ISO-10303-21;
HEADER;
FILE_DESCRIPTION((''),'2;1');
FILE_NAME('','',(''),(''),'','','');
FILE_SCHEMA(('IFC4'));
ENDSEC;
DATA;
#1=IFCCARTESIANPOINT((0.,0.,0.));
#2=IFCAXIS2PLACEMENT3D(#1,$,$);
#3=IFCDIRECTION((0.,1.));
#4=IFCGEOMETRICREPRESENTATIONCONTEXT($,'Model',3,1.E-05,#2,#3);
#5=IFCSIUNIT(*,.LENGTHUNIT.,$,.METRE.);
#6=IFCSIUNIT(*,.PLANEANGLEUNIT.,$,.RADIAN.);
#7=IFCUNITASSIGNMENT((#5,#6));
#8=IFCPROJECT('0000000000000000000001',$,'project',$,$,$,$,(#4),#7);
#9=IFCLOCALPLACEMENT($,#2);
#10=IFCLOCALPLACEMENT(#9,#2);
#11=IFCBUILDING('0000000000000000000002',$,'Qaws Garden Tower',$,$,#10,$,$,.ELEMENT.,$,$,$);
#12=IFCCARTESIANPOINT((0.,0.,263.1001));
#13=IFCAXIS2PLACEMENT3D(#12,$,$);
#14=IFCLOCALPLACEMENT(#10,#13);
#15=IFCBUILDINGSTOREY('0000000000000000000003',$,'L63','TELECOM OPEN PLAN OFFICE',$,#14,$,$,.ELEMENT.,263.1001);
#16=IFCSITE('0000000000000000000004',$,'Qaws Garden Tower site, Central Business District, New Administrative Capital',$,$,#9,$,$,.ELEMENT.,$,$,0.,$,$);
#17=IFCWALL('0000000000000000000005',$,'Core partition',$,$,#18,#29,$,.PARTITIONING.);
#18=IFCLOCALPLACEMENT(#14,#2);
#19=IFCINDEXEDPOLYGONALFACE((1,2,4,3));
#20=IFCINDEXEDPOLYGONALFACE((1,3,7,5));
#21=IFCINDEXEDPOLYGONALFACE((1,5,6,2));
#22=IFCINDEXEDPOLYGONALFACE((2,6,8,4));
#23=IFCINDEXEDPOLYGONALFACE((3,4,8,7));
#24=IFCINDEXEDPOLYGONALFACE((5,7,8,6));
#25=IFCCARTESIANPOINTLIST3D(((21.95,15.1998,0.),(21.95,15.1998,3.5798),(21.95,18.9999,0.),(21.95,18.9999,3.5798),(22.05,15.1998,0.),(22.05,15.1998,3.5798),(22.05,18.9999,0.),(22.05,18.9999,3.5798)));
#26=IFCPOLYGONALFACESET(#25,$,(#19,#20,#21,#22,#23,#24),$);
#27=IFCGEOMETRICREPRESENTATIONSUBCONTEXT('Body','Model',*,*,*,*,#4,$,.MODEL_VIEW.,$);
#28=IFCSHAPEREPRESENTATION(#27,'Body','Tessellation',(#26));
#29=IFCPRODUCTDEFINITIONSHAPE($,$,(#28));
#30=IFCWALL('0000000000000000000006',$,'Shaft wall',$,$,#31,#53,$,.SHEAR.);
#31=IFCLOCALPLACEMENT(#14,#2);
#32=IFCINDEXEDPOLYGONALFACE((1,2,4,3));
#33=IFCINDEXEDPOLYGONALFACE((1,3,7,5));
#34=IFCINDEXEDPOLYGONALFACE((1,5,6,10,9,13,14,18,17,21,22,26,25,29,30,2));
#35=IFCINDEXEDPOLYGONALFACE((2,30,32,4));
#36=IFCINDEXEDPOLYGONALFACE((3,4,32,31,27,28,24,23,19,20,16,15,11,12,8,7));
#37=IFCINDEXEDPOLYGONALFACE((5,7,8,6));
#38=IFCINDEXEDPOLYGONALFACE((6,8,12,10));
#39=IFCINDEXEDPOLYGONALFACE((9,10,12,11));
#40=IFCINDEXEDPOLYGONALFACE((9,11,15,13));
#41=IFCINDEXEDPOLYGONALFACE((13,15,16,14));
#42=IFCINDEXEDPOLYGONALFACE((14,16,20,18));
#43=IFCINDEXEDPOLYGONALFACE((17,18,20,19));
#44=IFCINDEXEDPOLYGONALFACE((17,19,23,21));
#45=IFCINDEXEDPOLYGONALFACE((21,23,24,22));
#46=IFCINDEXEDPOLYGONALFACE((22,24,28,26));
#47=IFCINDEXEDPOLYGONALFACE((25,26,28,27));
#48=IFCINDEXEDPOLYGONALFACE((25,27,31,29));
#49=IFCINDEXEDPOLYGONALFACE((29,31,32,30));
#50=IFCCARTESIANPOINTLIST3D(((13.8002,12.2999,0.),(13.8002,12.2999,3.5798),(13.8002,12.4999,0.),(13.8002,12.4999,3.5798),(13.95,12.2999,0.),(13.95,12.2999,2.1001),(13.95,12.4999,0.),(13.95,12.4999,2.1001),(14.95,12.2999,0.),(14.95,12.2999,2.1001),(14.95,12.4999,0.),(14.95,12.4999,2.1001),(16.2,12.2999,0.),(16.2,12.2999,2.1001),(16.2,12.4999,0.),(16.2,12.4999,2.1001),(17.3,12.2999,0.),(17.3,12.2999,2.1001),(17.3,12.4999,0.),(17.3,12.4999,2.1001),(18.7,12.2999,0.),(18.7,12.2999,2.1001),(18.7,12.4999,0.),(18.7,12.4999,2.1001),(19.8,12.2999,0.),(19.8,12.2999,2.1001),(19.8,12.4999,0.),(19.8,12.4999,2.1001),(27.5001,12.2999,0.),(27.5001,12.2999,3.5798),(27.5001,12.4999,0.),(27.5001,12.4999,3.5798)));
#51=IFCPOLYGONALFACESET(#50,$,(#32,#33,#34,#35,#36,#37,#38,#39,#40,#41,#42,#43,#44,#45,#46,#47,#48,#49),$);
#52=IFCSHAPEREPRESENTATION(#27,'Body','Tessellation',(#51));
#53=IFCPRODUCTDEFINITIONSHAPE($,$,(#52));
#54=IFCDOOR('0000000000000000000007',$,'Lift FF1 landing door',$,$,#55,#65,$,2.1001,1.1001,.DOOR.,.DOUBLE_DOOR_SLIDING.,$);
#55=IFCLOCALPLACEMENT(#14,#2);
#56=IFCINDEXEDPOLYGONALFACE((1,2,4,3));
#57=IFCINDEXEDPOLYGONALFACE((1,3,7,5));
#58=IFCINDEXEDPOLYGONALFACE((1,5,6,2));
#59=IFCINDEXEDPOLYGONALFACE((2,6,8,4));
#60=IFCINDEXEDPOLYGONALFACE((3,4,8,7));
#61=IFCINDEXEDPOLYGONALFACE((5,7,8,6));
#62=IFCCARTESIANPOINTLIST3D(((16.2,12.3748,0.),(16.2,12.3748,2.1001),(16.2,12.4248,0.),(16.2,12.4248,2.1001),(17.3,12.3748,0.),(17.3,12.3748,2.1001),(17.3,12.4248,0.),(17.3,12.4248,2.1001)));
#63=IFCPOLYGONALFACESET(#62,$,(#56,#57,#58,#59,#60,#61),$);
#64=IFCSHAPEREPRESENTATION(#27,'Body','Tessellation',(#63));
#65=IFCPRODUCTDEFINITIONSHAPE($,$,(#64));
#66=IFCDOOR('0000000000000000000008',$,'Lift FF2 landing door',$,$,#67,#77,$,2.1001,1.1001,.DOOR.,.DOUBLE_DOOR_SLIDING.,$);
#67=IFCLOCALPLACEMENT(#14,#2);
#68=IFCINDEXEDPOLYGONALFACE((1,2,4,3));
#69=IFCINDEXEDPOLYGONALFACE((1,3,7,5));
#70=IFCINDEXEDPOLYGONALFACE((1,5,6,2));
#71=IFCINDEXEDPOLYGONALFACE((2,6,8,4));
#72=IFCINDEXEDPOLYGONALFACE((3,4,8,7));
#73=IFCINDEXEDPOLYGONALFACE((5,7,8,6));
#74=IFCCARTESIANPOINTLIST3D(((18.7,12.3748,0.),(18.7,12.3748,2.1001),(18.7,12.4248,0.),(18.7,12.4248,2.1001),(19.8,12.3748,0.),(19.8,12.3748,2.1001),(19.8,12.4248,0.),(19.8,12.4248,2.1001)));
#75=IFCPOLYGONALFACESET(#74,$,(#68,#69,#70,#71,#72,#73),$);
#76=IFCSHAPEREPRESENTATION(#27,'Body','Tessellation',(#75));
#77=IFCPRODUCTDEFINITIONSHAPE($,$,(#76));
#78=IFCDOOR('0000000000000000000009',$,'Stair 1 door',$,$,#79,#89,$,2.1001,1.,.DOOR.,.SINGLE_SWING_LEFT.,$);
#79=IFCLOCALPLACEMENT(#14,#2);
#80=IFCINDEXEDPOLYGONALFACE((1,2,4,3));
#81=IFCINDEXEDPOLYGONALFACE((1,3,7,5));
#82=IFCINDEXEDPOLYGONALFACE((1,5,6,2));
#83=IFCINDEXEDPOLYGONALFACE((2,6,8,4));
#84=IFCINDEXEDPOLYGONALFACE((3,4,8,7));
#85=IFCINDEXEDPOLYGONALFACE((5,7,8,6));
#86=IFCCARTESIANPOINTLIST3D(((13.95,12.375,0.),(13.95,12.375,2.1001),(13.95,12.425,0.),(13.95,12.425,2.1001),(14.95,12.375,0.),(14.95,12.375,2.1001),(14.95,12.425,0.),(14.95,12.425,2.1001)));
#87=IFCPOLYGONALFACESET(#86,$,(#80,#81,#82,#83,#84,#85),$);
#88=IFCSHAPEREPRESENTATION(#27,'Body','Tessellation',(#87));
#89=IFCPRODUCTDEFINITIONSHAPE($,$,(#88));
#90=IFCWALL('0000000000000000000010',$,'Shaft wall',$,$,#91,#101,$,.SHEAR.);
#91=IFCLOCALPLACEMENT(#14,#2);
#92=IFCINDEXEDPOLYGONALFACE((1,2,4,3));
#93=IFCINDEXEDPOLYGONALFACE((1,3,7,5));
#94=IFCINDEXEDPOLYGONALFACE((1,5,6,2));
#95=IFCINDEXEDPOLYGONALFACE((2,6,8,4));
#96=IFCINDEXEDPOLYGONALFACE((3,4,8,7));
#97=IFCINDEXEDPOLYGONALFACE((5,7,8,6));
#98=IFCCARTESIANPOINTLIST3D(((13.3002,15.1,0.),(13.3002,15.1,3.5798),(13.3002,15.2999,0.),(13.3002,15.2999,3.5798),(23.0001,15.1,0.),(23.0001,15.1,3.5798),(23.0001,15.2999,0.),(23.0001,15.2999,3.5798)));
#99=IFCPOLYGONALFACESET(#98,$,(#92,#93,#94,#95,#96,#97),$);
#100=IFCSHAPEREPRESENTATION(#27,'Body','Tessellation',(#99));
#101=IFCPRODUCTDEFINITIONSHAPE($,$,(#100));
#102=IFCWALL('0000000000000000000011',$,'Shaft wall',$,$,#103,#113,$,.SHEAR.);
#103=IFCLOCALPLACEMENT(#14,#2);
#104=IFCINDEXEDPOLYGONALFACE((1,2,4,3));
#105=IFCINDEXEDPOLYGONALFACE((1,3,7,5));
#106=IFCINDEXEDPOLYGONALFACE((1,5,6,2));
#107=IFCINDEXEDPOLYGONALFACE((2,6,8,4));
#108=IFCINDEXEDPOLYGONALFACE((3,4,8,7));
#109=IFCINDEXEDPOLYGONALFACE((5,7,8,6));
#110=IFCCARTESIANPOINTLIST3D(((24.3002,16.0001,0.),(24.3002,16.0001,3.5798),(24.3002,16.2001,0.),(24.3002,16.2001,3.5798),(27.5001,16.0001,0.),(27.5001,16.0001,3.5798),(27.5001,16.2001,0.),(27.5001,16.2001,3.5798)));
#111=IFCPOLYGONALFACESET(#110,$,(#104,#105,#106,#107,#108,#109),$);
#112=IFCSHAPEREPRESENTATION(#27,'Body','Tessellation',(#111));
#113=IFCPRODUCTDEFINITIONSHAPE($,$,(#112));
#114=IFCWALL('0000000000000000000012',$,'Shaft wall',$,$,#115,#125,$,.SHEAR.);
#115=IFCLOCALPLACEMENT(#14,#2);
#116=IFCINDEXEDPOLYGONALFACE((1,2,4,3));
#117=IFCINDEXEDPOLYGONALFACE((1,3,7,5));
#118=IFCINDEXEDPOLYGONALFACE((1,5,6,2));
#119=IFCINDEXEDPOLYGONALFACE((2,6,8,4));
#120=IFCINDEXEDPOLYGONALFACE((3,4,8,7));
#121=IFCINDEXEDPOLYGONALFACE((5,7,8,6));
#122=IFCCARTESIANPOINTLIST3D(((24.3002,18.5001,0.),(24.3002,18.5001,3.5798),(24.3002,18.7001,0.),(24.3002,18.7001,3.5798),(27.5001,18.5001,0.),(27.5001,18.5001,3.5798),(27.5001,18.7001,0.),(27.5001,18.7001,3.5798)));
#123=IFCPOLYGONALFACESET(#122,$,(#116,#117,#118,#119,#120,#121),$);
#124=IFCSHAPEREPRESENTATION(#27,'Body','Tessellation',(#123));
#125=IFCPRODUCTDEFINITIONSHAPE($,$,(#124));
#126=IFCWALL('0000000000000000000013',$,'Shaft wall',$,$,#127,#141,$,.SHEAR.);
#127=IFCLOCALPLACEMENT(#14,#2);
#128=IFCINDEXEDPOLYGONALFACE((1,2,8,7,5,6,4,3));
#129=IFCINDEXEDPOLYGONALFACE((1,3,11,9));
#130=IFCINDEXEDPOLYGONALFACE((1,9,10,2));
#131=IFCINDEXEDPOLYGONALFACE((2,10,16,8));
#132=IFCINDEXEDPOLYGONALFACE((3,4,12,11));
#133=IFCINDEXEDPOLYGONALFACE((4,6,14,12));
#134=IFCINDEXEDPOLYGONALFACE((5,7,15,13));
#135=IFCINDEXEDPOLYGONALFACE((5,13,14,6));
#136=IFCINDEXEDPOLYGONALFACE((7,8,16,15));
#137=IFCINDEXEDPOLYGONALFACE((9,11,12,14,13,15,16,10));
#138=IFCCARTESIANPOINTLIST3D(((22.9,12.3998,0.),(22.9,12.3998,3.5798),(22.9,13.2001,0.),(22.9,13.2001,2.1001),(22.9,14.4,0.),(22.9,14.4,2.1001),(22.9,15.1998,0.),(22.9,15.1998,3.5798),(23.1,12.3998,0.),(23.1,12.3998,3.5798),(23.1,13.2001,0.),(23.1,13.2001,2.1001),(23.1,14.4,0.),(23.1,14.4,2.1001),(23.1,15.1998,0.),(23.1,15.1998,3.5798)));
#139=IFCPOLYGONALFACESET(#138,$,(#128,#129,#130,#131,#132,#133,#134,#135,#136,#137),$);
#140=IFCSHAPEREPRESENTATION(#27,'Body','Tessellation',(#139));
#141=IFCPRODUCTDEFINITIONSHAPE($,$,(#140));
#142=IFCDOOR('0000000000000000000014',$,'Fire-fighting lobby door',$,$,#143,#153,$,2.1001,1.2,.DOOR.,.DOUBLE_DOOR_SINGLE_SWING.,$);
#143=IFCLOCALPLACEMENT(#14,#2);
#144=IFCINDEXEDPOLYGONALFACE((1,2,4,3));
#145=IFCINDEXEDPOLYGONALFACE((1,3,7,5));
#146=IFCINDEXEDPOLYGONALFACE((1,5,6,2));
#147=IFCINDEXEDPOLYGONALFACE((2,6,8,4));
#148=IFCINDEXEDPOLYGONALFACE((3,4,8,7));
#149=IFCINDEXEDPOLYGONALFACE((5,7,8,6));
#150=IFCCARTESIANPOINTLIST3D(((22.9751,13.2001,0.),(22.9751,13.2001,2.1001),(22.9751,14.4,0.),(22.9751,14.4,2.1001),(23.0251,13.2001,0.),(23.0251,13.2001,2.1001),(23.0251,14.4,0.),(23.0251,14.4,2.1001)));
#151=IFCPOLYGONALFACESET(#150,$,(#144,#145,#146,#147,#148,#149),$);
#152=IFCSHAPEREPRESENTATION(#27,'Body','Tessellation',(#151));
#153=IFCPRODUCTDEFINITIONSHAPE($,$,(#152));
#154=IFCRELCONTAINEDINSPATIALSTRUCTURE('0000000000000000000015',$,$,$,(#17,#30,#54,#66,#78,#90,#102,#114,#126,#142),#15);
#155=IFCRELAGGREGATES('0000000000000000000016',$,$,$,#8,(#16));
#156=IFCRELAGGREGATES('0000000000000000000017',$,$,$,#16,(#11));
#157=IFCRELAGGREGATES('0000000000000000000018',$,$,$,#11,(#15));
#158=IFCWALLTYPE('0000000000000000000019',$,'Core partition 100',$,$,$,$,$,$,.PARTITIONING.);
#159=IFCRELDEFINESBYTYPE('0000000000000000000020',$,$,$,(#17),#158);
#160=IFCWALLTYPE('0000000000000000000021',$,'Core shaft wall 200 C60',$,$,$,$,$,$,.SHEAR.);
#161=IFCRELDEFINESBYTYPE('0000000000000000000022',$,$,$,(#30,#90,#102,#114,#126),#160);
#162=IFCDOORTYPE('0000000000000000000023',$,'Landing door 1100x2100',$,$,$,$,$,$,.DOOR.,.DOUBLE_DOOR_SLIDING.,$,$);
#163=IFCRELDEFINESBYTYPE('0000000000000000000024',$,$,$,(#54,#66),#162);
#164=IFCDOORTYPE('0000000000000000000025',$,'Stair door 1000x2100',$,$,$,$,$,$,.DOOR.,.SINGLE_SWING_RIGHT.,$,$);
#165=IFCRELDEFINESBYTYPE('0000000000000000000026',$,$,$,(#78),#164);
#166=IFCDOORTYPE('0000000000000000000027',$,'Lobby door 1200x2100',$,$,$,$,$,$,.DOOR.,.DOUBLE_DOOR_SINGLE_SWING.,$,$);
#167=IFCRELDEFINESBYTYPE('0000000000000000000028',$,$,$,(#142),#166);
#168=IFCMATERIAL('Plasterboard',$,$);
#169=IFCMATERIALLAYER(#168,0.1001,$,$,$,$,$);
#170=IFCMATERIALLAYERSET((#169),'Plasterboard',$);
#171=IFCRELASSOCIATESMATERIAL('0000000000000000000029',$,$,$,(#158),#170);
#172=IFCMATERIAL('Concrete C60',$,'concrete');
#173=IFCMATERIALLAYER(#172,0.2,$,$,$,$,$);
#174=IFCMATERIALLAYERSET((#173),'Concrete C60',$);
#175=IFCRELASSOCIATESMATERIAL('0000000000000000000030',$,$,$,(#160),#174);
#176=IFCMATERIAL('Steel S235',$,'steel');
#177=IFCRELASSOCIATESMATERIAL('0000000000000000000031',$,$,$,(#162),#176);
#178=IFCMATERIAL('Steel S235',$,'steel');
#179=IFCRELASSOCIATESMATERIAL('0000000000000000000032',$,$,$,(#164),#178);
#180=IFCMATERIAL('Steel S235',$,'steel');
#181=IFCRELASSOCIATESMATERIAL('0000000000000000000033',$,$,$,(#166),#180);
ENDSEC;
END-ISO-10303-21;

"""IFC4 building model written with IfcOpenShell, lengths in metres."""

from ifc_helpers import new_model, si_unit, direction, frame, frame_2d, origin, place, context, subcontext, project, spatial, rectangle, extrude, material, layer, layer_set, type_object, element, fill, save


model = new_model("IFC4")

# Units and contexts
model_context = context("Model", 3, precision=1e-05, world=origin(), true_north=direction((0.0, 1.0)))
body_context = subcontext(model_context, "Body", "Model", "MODEL_VIEW")
ifc_project = project(units=[si_unit("LENGTHUNIT", "METRE"), si_unit("PLANEANGLEUNIT", "RADIAN")], contexts=[model_context])

# Site, building, storey
site_placement = place(None, origin())
site = spatial("IfcSite", under=ifc_project, at=site_placement, Name="Qaws Garden Tower site, Central Business District, New Administrative Capital", CompositionType="ELEMENT", RefElevation=0.0)
building_placement = place(site_placement, origin())
building = spatial("IfcBuilding", under=site, at=building_placement, Name="Qaws Garden Tower", CompositionType="ELEMENT")
storey_placement = place(building_placement, frame((0.0, 0.0, 263.1001)))
storey = spatial("IfcBuildingStorey", under=building, at=storey_placement, Name="L63", Description="TELECOM OPEN PLAN OFFICE", CompositionType="ELEMENT", Elevation=263.1001)

# Shared definitions
ifc_material_1 = material(Name="Plasterboard")
ifc_layer_1 = layer(ifc_material_1, 0.1001)
ifc_layer_set_1 = layer_set([ifc_layer_1], Name="Plasterboard")
wall_type_1 = type_object("IfcWallType", Name="Core partition 100", PredefinedType="PARTITIONING", material=ifc_layer_set_1)

# Wall
wall_1_placement = place(storey_placement, frame((22.0, 15.2, 0.0), z_axis=(0.0, 0.0, 1.0), x_axis=(0.0, 1.0, 0.0)))
element("IfcWall", 1, at=wall_1_placement, inside=storey, type_object=wall_type_1, Name="Core partition", PredefinedType="PARTITIONING", context=body_context, shape_type="SweptSolid", body=[
    extrude(rectangle(XDim=3.8, YDim=0.1001, at=frame_2d((1.8999, 0.0))), origin(), (0.0, 0.0, 1.0), 3.5798),
])

# Wall, openings, doors
ifc_material_2 = material(Name="Concrete C60", Category="concrete")
ifc_layer_2 = layer(ifc_material_2, 0.2)
ifc_layer_set_2 = layer_set([ifc_layer_2], Name="Concrete C60")
wall_type_2 = type_object("IfcWallType", Name="Core shaft wall 200 C60", PredefinedType="SHEAR", material=ifc_layer_set_2)
wall_2_placement = place(storey_placement, frame((13.8, 12.3999, 0.0), z_axis=(0.0, 0.0, 1.0), x_axis=(1.0, 0.0, 0.0)))
wall_2 = element("IfcWall", 2, at=wall_2_placement, inside=storey, type_object=wall_type_2, Name="Shaft wall", PredefinedType="SHEAR", context=body_context, shape_type="SweptSolid", body=[
    extrude(rectangle(XDim=13.7, YDim=0.2, at=frame_2d((6.8501, 0.0))), origin(), (0.0, 0.0, 1.0), 3.5798),
])
opening_1_placement = place(wall_2_placement, frame((2.3999, 0.0, 0.0)))
opening_1 = element("IfcOpeningElement", 3, at=opening_1_placement, cuts=wall_2, PredefinedType="OPENING", context=body_context, shape_type="SweptSolid", body=[
    extrude(rectangle(XDim=1.1001, YDim=2.1001, at=frame_2d((0.55, 1.05))), frame((0.0, 0.1099, 0.0), z_axis=(0.0, -1.0, 0.0), x_axis=(1.0, 0.0, 0.0)), (0.0, 0.0, 1.0), 0.22),
])
opening_2_placement = place(wall_2_placement, frame((4.8999, 0.0, 0.0)))
opening_2 = element("IfcOpeningElement", 4, at=opening_2_placement, cuts=wall_2, PredefinedType="OPENING", context=body_context, shape_type="SweptSolid", body=[
    extrude(rectangle(XDim=1.1001, YDim=2.1001, at=frame_2d((0.55, 1.05))), frame((0.0, 0.1099, 0.0), z_axis=(0.0, -1.0, 0.0), x_axis=(1.0, 0.0, 0.0)), (0.0, 0.0, 1.0), 0.22),
])
opening_3_placement = place(wall_2_placement, frame((0.1499, 0.0, 0.0)))
opening_3 = element("IfcOpeningElement", 5, at=opening_3_placement, cuts=wall_2, PredefinedType="OPENING", context=body_context, shape_type="SweptSolid", body=[
    extrude(rectangle(XDim=1.0, YDim=2.1001, at=frame_2d((0.5, 1.05))), frame((0.0, 0.1099, 0.0), z_axis=(0.0, -1.0, 0.0), x_axis=(1.0, 0.0, 0.0)), (0.0, 0.0, 1.0), 0.22),
])
ifc_material_3 = material(Name="Steel S235", Category="steel")
door_type_1 = type_object("IfcDoorType", Name="Landing door 1100x2100", OperationType="DOUBLE_DOOR_SLIDING", PredefinedType="DOOR", material=ifc_material_3)
door_1_placement = place(opening_1_placement, origin())
door_1 = element("IfcDoor", 6, at=door_1_placement, inside=storey, type_object=door_type_1, Name="Lift FF1 landing door", OperationType="DOUBLE_DOOR_SLIDING", OverallHeight=2.1001, OverallWidth=1.1001, PredefinedType="DOOR", context=body_context, shape_type="SweptSolid", body=[
    extrude(rectangle(XDim=1.1001, YDim=2.1001, at=frame_2d((0.55, 1.05))), frame((0.0, 0.0249, 0.0), z_axis=(0.0, -1.0, 0.0), x_axis=(1.0, 0.0, 0.0)), (0.0, 0.0, 1.0), 0.05),
])
fill(opening_1, door_1)
door_2_placement = place(opening_2_placement, origin())
door_2 = element("IfcDoor", 7, at=door_2_placement, inside=storey, type_object=door_type_1, Name="Lift FF2 landing door", OperationType="DOUBLE_DOOR_SLIDING", OverallHeight=2.1001, OverallWidth=1.1001, PredefinedType="DOOR", context=body_context, shape_type="SweptSolid", body=[
    extrude(rectangle(XDim=1.1001, YDim=2.1001, at=frame_2d((0.55, 1.05))), frame((0.0, 0.0249, 0.0), z_axis=(0.0, -1.0, 0.0), x_axis=(1.0, 0.0, 0.0)), (0.0, 0.0, 1.0), 0.05),
])
fill(opening_2, door_2)
ifc_material_4 = material(Name="Steel S235", Category="steel")
door_type_2 = type_object("IfcDoorType", Name="Stair door 1000x2100", OperationType="SINGLE_SWING_RIGHT", PredefinedType="DOOR", material=ifc_material_4)
door_3_placement = place(opening_3_placement, frame((1.0, 0.0, 0.0), z_axis=(0.0, 0.0, 1.0), x_axis=(-1.0, 0.0, 0.0)))
door_3 = element("IfcDoor", 8, at=door_3_placement, inside=storey, type_object=door_type_2, Name="Stair 1 door", OperationType="SINGLE_SWING_LEFT", OverallHeight=2.1001, OverallWidth=1.0, PredefinedType="DOOR", context=body_context, shape_type="SweptSolid", body=[
    extrude(rectangle(XDim=1.0, YDim=2.1001, at=frame_2d((0.5, 1.05))), frame((0.0, 0.0249, 0.0), z_axis=(0.0, -1.0, 0.0), x_axis=(1.0, 0.0, 0.0)), (0.0, 0.0, 1.0), 0.05),
])
fill(opening_3, door_3)

# Walls
wall_3_placement = place(storey_placement, frame((13.3, 15.2, 0.0), z_axis=(0.0, 0.0, 1.0), x_axis=(1.0, 0.0, 0.0)))
element("IfcWall", 9, at=wall_3_placement, inside=storey, type_object=wall_type_2, Name="Shaft wall", PredefinedType="SHEAR", context=body_context, shape_type="SweptSolid", body=[
    extrude(rectangle(XDim=9.7, YDim=0.2, at=frame_2d((4.8501, 0.0))), origin(), (0.0, 0.0, 1.0), 3.5798),
])
for number, where, z_axis, x_axis, name in (
    (10, (24.3, 16.1001, 0.0), (0.0, 0.0, 1.0), (1.0, 0.0, 0.0), "Shaft wall"),
    (11, (24.3, 18.6001, 0.0), (0.0, 0.0, 1.0), (1.0, 0.0, 0.0), "Shaft wall"),
):
    element("IfcWall", number, at=place(storey_placement, frame(where, z_axis=z_axis, x_axis=x_axis)), inside=storey, type_object=wall_type_2, Name=name, PredefinedType="SHEAR", context=body_context, shape_type="SweptSolid", body=[
        extrude(rectangle(XDim=3.2, YDim=0.2, at=frame_2d((1.6001, 0.0))), origin(), (0.0, 0.0, 1.0), 3.5798),
    ])

# Wall, opening, door
wall_4_placement = place(storey_placement, frame((23.0, 12.3999, 0.0), z_axis=(0.0, 0.0, 1.0), x_axis=(0.0, 1.0, 0.0)))
wall_4 = element("IfcWall", 12, at=wall_4_placement, inside=storey, type_object=wall_type_2, Name="Shaft wall", PredefinedType="SHEAR", context=body_context, shape_type="SweptSolid", body=[
    extrude(rectangle(XDim=2.8, YDim=0.2, at=frame_2d((1.3999, 0.0))), origin(), (0.0, 0.0, 1.0), 3.5798),
])
opening_4_placement = place(wall_4_placement, frame((0.8, 0.0, 0.0)))
opening_4 = element("IfcOpeningElement", 13, at=opening_4_placement, cuts=wall_4, PredefinedType="OPENING", context=body_context, shape_type="SweptSolid", body=[
    extrude(rectangle(XDim=1.2, YDim=2.1001, at=frame_2d((0.6001, 1.05))), frame((0.0, 0.1099, 0.0), z_axis=(0.0, -1.0, 0.0), x_axis=(1.0, 0.0, 0.0)), (0.0, 0.0, 1.0), 0.22),
])
ifc_material_5 = material(Name="Steel S235", Category="steel")
door_type_3 = type_object("IfcDoorType", Name="Lobby door 1200x2100", OperationType="DOUBLE_DOOR_SINGLE_SWING", PredefinedType="DOOR", material=ifc_material_5)
door_4_placement = place(opening_4_placement, origin())
door_4 = element("IfcDoor", 14, at=door_4_placement, inside=storey, type_object=door_type_3, Name="Fire-fighting lobby door", OperationType="DOUBLE_DOOR_SINGLE_SWING", OverallHeight=2.1001, OverallWidth=1.2, PredefinedType="DOOR", context=body_context, shape_type="SweptSolid", body=[
    extrude(rectangle(XDim=1.2, YDim=2.1001, at=frame_2d((0.6001, 1.05))), frame((0.0, 0.0249, 0.0), z_axis=(0.0, -1.0, 0.0), x_axis=(1.0, 0.0, 0.0)), (0.0, 0.0, 1.0), 0.05),
])
fill(opening_4, door_4)

save(model, "model.ifc")
